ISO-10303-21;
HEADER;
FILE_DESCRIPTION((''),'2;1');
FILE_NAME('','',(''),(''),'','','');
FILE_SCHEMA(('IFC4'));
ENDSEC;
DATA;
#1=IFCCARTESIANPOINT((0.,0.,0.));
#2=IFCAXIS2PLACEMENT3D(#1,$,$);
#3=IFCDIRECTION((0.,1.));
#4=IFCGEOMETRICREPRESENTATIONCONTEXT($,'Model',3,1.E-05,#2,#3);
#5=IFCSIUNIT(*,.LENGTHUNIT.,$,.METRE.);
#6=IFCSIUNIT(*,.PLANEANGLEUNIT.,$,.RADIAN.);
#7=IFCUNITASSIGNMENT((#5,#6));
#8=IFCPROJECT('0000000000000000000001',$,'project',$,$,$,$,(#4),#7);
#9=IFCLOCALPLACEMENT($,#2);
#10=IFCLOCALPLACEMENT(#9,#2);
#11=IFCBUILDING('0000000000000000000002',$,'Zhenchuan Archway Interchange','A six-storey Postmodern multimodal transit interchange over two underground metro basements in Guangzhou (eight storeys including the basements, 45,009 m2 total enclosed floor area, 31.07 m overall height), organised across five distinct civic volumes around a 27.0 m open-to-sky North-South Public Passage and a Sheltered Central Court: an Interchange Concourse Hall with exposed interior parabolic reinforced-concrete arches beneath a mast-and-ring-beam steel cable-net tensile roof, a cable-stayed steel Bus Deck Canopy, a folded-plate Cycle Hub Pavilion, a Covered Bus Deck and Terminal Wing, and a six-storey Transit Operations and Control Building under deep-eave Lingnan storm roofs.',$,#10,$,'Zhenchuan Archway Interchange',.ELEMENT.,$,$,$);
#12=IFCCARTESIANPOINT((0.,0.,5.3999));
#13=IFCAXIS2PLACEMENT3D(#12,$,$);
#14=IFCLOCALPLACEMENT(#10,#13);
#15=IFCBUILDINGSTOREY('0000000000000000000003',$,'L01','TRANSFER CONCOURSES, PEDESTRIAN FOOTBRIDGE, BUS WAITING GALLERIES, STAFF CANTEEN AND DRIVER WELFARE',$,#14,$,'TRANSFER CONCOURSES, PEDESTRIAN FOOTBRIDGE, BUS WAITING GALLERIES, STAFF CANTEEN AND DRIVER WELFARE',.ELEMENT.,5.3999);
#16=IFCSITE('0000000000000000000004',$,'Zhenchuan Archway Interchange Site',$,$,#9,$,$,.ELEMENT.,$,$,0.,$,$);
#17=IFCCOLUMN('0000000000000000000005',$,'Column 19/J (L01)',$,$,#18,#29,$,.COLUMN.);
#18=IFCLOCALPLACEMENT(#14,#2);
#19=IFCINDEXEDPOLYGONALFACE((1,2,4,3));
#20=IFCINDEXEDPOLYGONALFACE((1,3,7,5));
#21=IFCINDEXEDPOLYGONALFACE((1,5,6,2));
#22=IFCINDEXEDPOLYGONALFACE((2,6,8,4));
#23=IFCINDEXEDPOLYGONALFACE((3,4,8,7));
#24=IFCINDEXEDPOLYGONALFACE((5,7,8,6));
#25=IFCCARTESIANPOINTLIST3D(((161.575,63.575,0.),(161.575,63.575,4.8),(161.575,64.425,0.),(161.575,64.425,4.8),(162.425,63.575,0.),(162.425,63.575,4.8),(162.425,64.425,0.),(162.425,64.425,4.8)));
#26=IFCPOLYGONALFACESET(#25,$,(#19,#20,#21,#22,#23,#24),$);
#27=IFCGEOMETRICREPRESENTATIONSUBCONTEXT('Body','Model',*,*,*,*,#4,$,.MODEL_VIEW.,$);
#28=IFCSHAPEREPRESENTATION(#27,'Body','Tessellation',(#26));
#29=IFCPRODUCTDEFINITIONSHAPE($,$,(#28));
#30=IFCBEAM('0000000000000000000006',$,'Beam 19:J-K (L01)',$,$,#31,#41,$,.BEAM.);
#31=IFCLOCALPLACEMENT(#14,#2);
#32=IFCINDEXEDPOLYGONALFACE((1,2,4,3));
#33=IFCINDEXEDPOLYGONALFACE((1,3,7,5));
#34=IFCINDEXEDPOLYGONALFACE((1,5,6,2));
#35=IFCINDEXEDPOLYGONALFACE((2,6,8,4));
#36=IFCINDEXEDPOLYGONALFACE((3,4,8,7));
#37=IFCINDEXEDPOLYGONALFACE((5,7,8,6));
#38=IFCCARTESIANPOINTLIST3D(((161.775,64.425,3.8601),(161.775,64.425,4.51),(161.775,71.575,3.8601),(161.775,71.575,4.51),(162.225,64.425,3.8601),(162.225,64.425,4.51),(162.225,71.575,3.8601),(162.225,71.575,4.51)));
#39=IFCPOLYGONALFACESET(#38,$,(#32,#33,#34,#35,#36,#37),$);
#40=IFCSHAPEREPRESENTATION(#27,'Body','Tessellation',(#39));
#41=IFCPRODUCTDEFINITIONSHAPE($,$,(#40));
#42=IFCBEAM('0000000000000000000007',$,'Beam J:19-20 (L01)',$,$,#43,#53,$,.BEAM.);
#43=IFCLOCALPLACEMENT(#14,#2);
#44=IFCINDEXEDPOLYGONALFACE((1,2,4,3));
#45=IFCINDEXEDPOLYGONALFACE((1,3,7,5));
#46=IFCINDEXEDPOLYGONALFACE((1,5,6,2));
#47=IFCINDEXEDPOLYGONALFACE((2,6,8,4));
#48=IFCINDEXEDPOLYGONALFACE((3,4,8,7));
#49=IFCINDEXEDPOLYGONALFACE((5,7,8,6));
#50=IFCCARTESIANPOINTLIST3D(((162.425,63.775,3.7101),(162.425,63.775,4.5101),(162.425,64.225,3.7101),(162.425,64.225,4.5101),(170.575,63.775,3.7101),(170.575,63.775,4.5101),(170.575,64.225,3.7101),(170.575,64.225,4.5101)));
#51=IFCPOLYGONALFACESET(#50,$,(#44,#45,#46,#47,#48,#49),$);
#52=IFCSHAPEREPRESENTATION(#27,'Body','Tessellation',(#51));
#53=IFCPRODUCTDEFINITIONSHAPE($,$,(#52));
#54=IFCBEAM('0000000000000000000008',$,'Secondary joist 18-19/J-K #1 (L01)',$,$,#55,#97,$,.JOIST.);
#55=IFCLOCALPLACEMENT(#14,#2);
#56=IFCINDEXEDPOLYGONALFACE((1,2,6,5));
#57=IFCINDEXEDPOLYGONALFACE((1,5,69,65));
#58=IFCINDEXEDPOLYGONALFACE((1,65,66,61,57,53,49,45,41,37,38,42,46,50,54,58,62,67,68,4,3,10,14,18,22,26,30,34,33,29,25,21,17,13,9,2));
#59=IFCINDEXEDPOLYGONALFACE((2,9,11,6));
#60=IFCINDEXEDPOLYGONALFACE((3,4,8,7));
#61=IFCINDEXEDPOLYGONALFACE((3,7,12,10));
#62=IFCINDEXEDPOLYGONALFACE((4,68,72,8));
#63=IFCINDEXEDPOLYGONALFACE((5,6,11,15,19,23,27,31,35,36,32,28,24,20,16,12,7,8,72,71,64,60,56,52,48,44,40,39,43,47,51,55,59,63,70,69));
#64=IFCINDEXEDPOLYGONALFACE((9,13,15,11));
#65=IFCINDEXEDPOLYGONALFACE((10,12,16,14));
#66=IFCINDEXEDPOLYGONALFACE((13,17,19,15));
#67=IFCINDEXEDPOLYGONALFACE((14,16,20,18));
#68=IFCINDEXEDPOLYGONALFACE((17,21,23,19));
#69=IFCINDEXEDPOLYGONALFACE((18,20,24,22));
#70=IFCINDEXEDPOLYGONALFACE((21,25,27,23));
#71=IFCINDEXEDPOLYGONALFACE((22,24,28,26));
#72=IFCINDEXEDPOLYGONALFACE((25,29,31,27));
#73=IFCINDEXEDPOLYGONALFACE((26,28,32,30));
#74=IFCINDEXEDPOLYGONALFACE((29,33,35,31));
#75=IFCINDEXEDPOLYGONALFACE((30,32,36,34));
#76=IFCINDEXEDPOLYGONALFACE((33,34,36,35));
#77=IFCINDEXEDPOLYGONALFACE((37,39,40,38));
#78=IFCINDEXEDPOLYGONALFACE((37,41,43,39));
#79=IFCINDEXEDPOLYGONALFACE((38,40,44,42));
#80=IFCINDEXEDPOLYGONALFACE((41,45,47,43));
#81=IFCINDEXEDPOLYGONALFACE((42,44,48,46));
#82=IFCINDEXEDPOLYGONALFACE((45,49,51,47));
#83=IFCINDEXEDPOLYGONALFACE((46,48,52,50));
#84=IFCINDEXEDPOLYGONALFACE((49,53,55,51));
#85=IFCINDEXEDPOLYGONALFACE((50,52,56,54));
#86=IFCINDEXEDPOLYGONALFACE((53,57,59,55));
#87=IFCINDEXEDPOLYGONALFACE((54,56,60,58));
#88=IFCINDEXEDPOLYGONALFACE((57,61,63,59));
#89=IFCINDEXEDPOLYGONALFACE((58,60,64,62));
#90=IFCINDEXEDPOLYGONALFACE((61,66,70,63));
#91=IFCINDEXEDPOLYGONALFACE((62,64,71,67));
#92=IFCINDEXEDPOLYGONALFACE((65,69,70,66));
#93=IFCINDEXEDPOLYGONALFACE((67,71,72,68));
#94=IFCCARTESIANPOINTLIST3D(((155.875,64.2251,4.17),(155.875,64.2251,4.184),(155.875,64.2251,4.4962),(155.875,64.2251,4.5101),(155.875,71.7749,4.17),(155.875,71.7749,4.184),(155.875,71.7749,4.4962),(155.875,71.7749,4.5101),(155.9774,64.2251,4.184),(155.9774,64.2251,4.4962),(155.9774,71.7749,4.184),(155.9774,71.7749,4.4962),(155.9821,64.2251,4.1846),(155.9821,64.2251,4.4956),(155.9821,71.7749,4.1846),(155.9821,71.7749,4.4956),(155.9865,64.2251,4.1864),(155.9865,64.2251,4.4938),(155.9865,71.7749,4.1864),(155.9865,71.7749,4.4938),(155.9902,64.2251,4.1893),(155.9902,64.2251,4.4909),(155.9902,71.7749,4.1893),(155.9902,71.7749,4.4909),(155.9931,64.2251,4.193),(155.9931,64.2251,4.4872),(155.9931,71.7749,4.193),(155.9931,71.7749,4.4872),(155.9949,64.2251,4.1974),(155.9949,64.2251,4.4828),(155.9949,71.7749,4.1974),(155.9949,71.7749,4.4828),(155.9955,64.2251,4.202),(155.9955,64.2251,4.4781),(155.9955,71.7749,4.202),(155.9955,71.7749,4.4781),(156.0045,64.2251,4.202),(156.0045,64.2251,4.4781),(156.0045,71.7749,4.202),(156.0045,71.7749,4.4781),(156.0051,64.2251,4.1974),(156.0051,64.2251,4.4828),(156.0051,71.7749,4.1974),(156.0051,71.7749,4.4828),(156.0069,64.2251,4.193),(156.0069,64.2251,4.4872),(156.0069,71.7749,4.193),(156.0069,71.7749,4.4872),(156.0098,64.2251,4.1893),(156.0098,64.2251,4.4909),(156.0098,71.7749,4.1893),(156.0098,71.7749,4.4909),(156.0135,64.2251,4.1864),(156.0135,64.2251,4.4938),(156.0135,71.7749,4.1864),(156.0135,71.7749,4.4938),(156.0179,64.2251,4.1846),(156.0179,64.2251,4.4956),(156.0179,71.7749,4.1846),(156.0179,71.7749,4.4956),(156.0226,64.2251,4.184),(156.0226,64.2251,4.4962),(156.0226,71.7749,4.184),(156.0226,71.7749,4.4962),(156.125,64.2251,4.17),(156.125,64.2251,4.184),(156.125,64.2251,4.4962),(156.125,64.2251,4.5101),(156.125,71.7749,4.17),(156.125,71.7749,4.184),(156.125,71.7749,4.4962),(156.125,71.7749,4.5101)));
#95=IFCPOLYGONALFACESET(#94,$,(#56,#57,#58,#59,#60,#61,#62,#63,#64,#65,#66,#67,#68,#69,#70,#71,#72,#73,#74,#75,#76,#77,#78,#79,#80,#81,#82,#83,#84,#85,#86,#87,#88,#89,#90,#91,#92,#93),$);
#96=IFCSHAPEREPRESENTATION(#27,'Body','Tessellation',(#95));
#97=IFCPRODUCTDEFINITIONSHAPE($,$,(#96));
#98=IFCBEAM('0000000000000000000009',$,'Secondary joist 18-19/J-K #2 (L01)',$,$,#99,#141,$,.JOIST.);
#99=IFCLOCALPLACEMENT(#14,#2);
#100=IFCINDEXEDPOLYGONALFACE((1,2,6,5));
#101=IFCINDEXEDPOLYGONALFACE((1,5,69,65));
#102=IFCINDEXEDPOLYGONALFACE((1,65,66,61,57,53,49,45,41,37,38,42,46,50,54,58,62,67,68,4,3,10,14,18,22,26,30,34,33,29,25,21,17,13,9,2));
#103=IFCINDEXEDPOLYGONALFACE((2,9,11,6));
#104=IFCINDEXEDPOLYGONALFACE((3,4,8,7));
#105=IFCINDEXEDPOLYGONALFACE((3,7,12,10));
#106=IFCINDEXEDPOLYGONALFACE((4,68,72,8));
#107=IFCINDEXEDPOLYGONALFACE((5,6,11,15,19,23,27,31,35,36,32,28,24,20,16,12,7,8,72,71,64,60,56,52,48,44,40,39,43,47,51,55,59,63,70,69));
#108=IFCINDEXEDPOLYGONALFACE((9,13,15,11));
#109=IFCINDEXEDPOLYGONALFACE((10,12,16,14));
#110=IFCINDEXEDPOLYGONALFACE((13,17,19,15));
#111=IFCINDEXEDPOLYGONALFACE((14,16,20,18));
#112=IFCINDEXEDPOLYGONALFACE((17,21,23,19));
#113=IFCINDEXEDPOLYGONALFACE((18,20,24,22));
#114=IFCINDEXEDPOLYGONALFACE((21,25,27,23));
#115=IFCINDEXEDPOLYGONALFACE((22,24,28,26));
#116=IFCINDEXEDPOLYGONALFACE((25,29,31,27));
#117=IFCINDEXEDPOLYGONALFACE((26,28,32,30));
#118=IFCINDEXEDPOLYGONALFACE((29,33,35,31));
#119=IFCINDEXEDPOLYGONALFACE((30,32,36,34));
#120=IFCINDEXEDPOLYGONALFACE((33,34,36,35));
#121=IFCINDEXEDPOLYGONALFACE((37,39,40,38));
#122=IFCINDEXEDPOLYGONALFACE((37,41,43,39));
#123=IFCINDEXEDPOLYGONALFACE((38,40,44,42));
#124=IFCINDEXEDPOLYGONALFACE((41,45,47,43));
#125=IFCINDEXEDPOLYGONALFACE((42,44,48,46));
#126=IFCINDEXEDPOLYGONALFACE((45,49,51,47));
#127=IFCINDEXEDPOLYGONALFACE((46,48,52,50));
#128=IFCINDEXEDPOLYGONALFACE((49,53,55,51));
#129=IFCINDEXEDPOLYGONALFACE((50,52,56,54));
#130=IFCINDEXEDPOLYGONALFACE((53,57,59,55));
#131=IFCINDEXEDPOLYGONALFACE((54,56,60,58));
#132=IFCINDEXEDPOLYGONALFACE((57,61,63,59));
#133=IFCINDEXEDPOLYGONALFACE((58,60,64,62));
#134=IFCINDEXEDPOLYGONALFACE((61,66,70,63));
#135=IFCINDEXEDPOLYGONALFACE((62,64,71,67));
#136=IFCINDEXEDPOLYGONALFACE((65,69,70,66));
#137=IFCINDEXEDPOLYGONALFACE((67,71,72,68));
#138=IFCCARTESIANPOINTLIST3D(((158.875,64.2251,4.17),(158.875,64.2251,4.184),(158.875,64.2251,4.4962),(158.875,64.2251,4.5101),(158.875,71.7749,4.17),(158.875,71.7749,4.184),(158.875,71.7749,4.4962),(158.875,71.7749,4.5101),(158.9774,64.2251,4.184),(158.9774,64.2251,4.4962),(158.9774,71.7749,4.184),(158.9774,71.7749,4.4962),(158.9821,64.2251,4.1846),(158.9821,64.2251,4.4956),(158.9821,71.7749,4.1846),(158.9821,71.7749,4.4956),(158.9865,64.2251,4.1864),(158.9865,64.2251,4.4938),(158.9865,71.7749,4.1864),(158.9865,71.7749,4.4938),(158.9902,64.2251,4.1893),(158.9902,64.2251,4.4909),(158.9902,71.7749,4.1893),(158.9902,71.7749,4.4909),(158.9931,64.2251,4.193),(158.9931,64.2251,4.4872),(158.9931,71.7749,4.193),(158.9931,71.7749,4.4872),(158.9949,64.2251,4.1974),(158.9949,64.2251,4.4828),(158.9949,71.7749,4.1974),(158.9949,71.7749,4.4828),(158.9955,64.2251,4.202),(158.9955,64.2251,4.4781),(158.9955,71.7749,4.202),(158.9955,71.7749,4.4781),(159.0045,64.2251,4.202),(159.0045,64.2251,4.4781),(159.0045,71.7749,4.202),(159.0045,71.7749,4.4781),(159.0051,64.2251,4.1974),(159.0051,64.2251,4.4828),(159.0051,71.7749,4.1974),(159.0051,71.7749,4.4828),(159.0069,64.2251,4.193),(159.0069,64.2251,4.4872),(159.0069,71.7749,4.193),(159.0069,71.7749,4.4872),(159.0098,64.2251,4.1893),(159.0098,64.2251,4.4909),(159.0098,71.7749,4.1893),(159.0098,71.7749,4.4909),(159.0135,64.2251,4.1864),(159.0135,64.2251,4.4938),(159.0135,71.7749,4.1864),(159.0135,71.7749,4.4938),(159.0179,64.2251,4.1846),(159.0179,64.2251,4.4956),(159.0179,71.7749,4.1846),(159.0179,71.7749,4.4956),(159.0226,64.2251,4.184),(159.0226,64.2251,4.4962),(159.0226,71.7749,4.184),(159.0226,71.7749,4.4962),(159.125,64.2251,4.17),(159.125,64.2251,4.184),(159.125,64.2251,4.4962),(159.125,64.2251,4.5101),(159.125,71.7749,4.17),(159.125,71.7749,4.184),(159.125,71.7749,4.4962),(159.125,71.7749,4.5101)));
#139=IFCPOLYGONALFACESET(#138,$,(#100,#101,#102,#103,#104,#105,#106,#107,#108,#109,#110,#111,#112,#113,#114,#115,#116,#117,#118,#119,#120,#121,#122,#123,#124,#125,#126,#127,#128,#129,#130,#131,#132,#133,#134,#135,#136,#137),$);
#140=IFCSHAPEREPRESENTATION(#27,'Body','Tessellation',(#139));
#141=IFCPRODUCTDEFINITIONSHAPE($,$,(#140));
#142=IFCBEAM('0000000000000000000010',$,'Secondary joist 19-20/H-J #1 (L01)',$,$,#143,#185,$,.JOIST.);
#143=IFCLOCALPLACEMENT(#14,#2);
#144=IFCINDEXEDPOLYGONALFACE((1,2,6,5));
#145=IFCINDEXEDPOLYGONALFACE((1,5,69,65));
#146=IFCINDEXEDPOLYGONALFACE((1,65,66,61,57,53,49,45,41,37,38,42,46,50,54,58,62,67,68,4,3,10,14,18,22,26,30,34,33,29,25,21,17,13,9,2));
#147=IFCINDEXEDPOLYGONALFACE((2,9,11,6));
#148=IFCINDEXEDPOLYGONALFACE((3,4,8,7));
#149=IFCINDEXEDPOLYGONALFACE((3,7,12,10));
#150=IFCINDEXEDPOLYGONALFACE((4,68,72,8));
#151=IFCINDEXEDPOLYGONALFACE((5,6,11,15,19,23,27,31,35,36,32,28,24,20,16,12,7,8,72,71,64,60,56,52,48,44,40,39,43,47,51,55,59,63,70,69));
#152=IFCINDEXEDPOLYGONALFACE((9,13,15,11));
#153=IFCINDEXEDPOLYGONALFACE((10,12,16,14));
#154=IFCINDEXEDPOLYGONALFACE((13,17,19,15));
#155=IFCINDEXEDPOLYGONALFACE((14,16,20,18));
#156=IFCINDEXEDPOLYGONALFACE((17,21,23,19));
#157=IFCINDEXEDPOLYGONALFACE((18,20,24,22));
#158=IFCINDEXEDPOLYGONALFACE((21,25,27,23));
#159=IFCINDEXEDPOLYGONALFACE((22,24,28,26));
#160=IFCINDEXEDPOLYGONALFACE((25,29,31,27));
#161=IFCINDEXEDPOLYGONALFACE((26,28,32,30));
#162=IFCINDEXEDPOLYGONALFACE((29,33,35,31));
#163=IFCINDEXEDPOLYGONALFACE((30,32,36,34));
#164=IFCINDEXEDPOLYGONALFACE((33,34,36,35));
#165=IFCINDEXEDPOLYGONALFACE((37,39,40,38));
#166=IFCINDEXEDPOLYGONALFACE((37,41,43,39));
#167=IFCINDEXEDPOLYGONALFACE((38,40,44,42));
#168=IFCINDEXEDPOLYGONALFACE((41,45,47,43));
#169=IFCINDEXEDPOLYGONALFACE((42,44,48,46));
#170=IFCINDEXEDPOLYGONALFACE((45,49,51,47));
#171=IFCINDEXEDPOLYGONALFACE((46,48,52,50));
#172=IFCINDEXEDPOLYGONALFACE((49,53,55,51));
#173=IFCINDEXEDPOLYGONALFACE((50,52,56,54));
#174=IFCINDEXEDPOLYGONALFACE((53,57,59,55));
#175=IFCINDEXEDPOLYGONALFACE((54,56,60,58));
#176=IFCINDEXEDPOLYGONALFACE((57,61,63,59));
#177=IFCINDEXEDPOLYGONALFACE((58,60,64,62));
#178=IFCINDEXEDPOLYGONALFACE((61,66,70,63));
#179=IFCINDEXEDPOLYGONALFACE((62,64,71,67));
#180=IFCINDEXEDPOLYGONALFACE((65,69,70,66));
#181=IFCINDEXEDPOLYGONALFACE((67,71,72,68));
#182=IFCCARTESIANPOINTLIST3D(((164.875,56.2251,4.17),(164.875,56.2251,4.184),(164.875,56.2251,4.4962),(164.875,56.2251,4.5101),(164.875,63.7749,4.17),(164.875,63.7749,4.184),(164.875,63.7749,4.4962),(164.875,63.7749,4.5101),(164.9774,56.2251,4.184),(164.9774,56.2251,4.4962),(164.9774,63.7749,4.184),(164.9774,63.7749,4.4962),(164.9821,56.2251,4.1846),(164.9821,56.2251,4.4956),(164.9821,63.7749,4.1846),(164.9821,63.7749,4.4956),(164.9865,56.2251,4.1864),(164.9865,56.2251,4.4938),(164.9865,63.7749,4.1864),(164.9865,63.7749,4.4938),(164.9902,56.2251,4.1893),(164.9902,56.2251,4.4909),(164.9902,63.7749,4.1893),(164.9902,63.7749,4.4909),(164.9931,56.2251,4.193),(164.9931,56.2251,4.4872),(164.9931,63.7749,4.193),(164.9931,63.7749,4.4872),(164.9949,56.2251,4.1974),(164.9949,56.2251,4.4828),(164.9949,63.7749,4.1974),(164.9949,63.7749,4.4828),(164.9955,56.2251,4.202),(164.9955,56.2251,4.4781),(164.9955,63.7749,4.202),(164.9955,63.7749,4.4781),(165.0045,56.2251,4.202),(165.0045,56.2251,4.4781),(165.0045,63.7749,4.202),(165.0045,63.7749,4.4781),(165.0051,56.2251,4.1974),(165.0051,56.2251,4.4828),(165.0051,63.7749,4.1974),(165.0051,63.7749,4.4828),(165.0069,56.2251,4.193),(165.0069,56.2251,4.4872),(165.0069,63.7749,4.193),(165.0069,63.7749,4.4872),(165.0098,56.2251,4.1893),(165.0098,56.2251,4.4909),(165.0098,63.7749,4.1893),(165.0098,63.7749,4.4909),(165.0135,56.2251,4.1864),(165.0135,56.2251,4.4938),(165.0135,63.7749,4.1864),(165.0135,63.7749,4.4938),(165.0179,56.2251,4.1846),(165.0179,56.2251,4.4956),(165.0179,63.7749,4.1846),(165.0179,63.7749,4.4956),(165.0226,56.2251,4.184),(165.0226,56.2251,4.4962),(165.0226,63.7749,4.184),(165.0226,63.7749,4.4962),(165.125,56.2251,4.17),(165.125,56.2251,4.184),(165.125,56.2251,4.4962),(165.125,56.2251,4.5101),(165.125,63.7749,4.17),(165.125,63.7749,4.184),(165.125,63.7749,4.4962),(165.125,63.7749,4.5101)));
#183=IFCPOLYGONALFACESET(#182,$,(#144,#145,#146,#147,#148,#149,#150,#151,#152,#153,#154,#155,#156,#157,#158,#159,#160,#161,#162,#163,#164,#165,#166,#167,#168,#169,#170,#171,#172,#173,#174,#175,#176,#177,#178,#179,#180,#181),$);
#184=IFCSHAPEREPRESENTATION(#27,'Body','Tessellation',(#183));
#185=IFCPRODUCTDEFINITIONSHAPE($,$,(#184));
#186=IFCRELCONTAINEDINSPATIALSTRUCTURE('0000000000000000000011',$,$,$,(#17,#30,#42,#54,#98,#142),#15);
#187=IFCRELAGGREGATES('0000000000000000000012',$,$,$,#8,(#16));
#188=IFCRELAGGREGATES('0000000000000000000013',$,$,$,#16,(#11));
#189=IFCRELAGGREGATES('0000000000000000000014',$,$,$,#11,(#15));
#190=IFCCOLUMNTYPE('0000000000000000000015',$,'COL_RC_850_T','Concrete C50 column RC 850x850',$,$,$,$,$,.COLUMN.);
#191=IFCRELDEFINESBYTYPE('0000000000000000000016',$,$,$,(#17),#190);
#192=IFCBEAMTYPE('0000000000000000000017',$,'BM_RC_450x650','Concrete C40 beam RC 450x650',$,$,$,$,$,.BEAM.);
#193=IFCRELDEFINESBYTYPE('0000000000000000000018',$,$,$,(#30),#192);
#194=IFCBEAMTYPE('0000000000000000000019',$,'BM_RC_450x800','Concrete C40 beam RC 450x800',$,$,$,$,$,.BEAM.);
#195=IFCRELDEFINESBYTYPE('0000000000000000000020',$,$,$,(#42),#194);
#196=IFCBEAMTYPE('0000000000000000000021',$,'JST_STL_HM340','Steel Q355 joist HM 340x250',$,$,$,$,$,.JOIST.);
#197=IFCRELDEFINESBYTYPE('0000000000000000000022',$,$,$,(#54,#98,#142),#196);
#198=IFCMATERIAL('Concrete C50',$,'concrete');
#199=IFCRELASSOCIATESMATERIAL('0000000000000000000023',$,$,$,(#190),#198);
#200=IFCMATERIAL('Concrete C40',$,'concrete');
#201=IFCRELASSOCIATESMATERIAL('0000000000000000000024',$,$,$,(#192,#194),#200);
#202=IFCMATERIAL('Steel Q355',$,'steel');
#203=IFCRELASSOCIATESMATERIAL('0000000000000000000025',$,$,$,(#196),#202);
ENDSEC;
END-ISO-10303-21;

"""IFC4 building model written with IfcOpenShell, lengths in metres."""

from ifc_helpers import new_model, si_unit, direction, frame, origin, origin_2d, place, context, subcontext, project, spatial, rectangle, i_section, extrude, material, material_profile, profile_set, type_object, element, save


model = new_model("IFC4")

# Units and contexts
model_context = context("Model", 3, precision=1e-05, world=origin(), true_north=direction((0.0, 1.0)))
body_context = subcontext(model_context, "Body", "Model", "MODEL_VIEW")
ifc_project = project(units=[si_unit("LENGTHUNIT", "METRE"), si_unit("PLANEANGLEUNIT", "RADIAN")], contexts=[model_context])

# Site, building, storey
site_placement = place(None, origin())
site = spatial("IfcSite", under=ifc_project, at=site_placement, Name="Zhenchuan Archway Interchange Site", CompositionType="ELEMENT", RefElevation=0.0)
building_placement = place(site_placement, origin())
building = spatial("IfcBuilding", under=site, at=building_placement, Name="Zhenchuan Archway Interchange", Description="A six-storey Postmodern multimodal transit interchange over two underground metro basements in Guangzhou (eight storeys including the basements, 45,009 m2 total enclosed floor area, 31.07 m overall height), organised across five distinct civic volumes around a 27.0 m open-to-sky North-South Public Passage and a Sheltered Central Court: an Interchange Concourse Hall with exposed interior parabolic reinforced-concrete arches beneath a mast-and-ring-beam steel cable-net tensile roof, a cable-stayed steel Bus Deck Canopy, a folded-plate Cycle Hub Pavilion, a Covered Bus Deck and Terminal Wing, and a six-storey Transit Operations and Control Building under deep-eave Lingnan storm roofs.", LongName="Zhenchuan Archway Interchange", CompositionType="ELEMENT")
storey_placement = place(building_placement, frame((0.0, 0.0, 5.3999)))
storey = spatial("IfcBuildingStorey", under=building, at=storey_placement, Name="L01", Description="TRANSFER CONCOURSES, PEDESTRIAN FOOTBRIDGE, BUS WAITING GALLERIES, STAFF CANTEEN AND DRIVER WELFARE", LongName="TRANSFER CONCOURSES, PEDESTRIAN FOOTBRIDGE, BUS WAITING GALLERIES, STAFF CANTEEN AND DRIVER WELFARE", CompositionType="ELEMENT", Elevation=5.3999)

# Column
ifc_material_1 = material(Name="Concrete C50", Category="concrete")
ifc_material_profile_1 = material_profile(ifc_material_1, rectangle(XDim=0.8501, YDim=0.8501, at=origin_2d()), Name="RC 850x850")
ifc_profile_set_1 = profile_set([ifc_material_profile_1], Name="Concrete C50")
column_type = type_object("IfcColumnType", Name="COL_RC_850_T", Description="Concrete C50 column RC 850x850", PredefinedType="COLUMN", material=ifc_profile_set_1)
column_placement = place(storey_placement, frame((162.0, 64.0, 0.0), z_axis=(0.0, 0.0, 1.0), x_axis=(1.0, 0.0, 0.0)))
element("IfcColumn", 1, at=column_placement, inside=storey, type_object=column_type, Name="Column 19/J (L01)", PredefinedType="COLUMN", context=body_context, shape_type="SweptSolid", body=[
    extrude(rectangle(XDim=0.8501, YDim=0.8501, at=origin_2d()), origin(), (0.0, 0.0, 1.0), 4.8),
])

# Beams
ifc_material_2 = material(Name="Concrete C40", Category="concrete")
ifc_material_profile_2 = material_profile(ifc_material_2, rectangle(XDim=0.45, YDim=0.6499, at=origin_2d()), Name="RC 450x650")
ifc_profile_set_2 = profile_set([ifc_material_profile_2], Name="Concrete C40")
beam_type_1 = type_object("IfcBeamType", Name="BM_RC_450x650", Description="Concrete C40 beam RC 450x650", PredefinedType="BEAM", material=ifc_profile_set_2)
beam_1_placement = place(storey_placement, frame((162.0, 64.425, 4.1851), z_axis=(0.0, 1.0, 0.0), x_axis=(-1.0, 0.0, 0.0)))
element("IfcBeam", 2, at=beam_1_placement, inside=storey, type_object=beam_type_1, Name="Beam 19:J-K (L01)", PredefinedType="BEAM", context=body_context, shape_type="SweptSolid", body=[
    extrude(rectangle(XDim=0.45, YDim=0.6499, at=origin_2d()), origin(), (0.0, 0.0, 1.0), 7.1499),
])
ifc_material_profile_3 = material_profile(ifc_material_2, rectangle(XDim=0.45, YDim=0.8, at=origin_2d()), Name="RC 450x800")
ifc_profile_set_3 = profile_set([ifc_material_profile_3], Name="Concrete C40")
beam_type_2 = type_object("IfcBeamType", Name="BM_RC_450x800", Description="Concrete C40 beam RC 450x800", PredefinedType="BEAM", material=ifc_profile_set_3)
beam_2_placement = place(storey_placement, frame((162.425, 64.0, 4.1101), z_axis=(1.0, 0.0, 0.0), x_axis=(0.0, 1.0, 0.0)))
element("IfcBeam", 3, at=beam_2_placement, inside=storey, type_object=beam_type_2, Name="Beam J:19-20 (L01)", PredefinedType="BEAM", context=body_context, shape_type="SweptSolid", body=[
    extrude(rectangle(XDim=0.45, YDim=0.8, at=origin_2d()), origin(), (0.0, 0.0, 1.0), 8.1499),
])
ifc_material_3 = material(Name="Steel Q355", Category="steel")
ifc_material_profile_4 = material_profile(ifc_material_3, i_section(OverallWidth=0.25, OverallDepth=0.3401, WebThickness=0.009, FlangeThickness=0.0139, FilletRadius=0.0181, at=origin_2d()), Name="HM 340x250")
ifc_profile_set_4 = profile_set([ifc_material_profile_4], Name="Steel Q355")
beam_type_3 = type_object("IfcBeamType", Name="JST_STL_HM340", Description="Steel Q355 joist HM 340x250", PredefinedType="JOIST", material=ifc_profile_set_4)
for number, where, z_axis, x_axis, name in (
    (4, (156.0, 64.2251, 4.3401), (0.0, 1.0, 0.0), (-1.0, 0.0, 0.0), "Secondary joist 18-19/J-K #1 (L01)"),
    (5, (159.0, 64.2251, 4.3401), (0.0, 1.0, 0.0), (-1.0, 0.0, 0.0), "Secondary joist 18-19/J-K #2 (L01)"),
    (6, (165.0, 56.2251, 4.3401), (0.0, 1.0, 0.0), (-1.0, 0.0, 0.0), "Secondary joist 19-20/H-J #1 (L01)"),
):
    element("IfcBeam", number, at=place(storey_placement, frame(where, z_axis=z_axis, x_axis=x_axis)), inside=storey, type_object=beam_type_3, Name=name, PredefinedType="JOIST", context=body_context, shape_type="SweptSolid", body=[
        extrude(i_section(OverallWidth=0.25, OverallDepth=0.3401, WebThickness=0.009, FlangeThickness=0.0139, FilletRadius=0.0181, at=origin_2d()), origin(), (0.0, 0.0, 1.0), 7.5498),
    ])

save(model, "model.ifc")
